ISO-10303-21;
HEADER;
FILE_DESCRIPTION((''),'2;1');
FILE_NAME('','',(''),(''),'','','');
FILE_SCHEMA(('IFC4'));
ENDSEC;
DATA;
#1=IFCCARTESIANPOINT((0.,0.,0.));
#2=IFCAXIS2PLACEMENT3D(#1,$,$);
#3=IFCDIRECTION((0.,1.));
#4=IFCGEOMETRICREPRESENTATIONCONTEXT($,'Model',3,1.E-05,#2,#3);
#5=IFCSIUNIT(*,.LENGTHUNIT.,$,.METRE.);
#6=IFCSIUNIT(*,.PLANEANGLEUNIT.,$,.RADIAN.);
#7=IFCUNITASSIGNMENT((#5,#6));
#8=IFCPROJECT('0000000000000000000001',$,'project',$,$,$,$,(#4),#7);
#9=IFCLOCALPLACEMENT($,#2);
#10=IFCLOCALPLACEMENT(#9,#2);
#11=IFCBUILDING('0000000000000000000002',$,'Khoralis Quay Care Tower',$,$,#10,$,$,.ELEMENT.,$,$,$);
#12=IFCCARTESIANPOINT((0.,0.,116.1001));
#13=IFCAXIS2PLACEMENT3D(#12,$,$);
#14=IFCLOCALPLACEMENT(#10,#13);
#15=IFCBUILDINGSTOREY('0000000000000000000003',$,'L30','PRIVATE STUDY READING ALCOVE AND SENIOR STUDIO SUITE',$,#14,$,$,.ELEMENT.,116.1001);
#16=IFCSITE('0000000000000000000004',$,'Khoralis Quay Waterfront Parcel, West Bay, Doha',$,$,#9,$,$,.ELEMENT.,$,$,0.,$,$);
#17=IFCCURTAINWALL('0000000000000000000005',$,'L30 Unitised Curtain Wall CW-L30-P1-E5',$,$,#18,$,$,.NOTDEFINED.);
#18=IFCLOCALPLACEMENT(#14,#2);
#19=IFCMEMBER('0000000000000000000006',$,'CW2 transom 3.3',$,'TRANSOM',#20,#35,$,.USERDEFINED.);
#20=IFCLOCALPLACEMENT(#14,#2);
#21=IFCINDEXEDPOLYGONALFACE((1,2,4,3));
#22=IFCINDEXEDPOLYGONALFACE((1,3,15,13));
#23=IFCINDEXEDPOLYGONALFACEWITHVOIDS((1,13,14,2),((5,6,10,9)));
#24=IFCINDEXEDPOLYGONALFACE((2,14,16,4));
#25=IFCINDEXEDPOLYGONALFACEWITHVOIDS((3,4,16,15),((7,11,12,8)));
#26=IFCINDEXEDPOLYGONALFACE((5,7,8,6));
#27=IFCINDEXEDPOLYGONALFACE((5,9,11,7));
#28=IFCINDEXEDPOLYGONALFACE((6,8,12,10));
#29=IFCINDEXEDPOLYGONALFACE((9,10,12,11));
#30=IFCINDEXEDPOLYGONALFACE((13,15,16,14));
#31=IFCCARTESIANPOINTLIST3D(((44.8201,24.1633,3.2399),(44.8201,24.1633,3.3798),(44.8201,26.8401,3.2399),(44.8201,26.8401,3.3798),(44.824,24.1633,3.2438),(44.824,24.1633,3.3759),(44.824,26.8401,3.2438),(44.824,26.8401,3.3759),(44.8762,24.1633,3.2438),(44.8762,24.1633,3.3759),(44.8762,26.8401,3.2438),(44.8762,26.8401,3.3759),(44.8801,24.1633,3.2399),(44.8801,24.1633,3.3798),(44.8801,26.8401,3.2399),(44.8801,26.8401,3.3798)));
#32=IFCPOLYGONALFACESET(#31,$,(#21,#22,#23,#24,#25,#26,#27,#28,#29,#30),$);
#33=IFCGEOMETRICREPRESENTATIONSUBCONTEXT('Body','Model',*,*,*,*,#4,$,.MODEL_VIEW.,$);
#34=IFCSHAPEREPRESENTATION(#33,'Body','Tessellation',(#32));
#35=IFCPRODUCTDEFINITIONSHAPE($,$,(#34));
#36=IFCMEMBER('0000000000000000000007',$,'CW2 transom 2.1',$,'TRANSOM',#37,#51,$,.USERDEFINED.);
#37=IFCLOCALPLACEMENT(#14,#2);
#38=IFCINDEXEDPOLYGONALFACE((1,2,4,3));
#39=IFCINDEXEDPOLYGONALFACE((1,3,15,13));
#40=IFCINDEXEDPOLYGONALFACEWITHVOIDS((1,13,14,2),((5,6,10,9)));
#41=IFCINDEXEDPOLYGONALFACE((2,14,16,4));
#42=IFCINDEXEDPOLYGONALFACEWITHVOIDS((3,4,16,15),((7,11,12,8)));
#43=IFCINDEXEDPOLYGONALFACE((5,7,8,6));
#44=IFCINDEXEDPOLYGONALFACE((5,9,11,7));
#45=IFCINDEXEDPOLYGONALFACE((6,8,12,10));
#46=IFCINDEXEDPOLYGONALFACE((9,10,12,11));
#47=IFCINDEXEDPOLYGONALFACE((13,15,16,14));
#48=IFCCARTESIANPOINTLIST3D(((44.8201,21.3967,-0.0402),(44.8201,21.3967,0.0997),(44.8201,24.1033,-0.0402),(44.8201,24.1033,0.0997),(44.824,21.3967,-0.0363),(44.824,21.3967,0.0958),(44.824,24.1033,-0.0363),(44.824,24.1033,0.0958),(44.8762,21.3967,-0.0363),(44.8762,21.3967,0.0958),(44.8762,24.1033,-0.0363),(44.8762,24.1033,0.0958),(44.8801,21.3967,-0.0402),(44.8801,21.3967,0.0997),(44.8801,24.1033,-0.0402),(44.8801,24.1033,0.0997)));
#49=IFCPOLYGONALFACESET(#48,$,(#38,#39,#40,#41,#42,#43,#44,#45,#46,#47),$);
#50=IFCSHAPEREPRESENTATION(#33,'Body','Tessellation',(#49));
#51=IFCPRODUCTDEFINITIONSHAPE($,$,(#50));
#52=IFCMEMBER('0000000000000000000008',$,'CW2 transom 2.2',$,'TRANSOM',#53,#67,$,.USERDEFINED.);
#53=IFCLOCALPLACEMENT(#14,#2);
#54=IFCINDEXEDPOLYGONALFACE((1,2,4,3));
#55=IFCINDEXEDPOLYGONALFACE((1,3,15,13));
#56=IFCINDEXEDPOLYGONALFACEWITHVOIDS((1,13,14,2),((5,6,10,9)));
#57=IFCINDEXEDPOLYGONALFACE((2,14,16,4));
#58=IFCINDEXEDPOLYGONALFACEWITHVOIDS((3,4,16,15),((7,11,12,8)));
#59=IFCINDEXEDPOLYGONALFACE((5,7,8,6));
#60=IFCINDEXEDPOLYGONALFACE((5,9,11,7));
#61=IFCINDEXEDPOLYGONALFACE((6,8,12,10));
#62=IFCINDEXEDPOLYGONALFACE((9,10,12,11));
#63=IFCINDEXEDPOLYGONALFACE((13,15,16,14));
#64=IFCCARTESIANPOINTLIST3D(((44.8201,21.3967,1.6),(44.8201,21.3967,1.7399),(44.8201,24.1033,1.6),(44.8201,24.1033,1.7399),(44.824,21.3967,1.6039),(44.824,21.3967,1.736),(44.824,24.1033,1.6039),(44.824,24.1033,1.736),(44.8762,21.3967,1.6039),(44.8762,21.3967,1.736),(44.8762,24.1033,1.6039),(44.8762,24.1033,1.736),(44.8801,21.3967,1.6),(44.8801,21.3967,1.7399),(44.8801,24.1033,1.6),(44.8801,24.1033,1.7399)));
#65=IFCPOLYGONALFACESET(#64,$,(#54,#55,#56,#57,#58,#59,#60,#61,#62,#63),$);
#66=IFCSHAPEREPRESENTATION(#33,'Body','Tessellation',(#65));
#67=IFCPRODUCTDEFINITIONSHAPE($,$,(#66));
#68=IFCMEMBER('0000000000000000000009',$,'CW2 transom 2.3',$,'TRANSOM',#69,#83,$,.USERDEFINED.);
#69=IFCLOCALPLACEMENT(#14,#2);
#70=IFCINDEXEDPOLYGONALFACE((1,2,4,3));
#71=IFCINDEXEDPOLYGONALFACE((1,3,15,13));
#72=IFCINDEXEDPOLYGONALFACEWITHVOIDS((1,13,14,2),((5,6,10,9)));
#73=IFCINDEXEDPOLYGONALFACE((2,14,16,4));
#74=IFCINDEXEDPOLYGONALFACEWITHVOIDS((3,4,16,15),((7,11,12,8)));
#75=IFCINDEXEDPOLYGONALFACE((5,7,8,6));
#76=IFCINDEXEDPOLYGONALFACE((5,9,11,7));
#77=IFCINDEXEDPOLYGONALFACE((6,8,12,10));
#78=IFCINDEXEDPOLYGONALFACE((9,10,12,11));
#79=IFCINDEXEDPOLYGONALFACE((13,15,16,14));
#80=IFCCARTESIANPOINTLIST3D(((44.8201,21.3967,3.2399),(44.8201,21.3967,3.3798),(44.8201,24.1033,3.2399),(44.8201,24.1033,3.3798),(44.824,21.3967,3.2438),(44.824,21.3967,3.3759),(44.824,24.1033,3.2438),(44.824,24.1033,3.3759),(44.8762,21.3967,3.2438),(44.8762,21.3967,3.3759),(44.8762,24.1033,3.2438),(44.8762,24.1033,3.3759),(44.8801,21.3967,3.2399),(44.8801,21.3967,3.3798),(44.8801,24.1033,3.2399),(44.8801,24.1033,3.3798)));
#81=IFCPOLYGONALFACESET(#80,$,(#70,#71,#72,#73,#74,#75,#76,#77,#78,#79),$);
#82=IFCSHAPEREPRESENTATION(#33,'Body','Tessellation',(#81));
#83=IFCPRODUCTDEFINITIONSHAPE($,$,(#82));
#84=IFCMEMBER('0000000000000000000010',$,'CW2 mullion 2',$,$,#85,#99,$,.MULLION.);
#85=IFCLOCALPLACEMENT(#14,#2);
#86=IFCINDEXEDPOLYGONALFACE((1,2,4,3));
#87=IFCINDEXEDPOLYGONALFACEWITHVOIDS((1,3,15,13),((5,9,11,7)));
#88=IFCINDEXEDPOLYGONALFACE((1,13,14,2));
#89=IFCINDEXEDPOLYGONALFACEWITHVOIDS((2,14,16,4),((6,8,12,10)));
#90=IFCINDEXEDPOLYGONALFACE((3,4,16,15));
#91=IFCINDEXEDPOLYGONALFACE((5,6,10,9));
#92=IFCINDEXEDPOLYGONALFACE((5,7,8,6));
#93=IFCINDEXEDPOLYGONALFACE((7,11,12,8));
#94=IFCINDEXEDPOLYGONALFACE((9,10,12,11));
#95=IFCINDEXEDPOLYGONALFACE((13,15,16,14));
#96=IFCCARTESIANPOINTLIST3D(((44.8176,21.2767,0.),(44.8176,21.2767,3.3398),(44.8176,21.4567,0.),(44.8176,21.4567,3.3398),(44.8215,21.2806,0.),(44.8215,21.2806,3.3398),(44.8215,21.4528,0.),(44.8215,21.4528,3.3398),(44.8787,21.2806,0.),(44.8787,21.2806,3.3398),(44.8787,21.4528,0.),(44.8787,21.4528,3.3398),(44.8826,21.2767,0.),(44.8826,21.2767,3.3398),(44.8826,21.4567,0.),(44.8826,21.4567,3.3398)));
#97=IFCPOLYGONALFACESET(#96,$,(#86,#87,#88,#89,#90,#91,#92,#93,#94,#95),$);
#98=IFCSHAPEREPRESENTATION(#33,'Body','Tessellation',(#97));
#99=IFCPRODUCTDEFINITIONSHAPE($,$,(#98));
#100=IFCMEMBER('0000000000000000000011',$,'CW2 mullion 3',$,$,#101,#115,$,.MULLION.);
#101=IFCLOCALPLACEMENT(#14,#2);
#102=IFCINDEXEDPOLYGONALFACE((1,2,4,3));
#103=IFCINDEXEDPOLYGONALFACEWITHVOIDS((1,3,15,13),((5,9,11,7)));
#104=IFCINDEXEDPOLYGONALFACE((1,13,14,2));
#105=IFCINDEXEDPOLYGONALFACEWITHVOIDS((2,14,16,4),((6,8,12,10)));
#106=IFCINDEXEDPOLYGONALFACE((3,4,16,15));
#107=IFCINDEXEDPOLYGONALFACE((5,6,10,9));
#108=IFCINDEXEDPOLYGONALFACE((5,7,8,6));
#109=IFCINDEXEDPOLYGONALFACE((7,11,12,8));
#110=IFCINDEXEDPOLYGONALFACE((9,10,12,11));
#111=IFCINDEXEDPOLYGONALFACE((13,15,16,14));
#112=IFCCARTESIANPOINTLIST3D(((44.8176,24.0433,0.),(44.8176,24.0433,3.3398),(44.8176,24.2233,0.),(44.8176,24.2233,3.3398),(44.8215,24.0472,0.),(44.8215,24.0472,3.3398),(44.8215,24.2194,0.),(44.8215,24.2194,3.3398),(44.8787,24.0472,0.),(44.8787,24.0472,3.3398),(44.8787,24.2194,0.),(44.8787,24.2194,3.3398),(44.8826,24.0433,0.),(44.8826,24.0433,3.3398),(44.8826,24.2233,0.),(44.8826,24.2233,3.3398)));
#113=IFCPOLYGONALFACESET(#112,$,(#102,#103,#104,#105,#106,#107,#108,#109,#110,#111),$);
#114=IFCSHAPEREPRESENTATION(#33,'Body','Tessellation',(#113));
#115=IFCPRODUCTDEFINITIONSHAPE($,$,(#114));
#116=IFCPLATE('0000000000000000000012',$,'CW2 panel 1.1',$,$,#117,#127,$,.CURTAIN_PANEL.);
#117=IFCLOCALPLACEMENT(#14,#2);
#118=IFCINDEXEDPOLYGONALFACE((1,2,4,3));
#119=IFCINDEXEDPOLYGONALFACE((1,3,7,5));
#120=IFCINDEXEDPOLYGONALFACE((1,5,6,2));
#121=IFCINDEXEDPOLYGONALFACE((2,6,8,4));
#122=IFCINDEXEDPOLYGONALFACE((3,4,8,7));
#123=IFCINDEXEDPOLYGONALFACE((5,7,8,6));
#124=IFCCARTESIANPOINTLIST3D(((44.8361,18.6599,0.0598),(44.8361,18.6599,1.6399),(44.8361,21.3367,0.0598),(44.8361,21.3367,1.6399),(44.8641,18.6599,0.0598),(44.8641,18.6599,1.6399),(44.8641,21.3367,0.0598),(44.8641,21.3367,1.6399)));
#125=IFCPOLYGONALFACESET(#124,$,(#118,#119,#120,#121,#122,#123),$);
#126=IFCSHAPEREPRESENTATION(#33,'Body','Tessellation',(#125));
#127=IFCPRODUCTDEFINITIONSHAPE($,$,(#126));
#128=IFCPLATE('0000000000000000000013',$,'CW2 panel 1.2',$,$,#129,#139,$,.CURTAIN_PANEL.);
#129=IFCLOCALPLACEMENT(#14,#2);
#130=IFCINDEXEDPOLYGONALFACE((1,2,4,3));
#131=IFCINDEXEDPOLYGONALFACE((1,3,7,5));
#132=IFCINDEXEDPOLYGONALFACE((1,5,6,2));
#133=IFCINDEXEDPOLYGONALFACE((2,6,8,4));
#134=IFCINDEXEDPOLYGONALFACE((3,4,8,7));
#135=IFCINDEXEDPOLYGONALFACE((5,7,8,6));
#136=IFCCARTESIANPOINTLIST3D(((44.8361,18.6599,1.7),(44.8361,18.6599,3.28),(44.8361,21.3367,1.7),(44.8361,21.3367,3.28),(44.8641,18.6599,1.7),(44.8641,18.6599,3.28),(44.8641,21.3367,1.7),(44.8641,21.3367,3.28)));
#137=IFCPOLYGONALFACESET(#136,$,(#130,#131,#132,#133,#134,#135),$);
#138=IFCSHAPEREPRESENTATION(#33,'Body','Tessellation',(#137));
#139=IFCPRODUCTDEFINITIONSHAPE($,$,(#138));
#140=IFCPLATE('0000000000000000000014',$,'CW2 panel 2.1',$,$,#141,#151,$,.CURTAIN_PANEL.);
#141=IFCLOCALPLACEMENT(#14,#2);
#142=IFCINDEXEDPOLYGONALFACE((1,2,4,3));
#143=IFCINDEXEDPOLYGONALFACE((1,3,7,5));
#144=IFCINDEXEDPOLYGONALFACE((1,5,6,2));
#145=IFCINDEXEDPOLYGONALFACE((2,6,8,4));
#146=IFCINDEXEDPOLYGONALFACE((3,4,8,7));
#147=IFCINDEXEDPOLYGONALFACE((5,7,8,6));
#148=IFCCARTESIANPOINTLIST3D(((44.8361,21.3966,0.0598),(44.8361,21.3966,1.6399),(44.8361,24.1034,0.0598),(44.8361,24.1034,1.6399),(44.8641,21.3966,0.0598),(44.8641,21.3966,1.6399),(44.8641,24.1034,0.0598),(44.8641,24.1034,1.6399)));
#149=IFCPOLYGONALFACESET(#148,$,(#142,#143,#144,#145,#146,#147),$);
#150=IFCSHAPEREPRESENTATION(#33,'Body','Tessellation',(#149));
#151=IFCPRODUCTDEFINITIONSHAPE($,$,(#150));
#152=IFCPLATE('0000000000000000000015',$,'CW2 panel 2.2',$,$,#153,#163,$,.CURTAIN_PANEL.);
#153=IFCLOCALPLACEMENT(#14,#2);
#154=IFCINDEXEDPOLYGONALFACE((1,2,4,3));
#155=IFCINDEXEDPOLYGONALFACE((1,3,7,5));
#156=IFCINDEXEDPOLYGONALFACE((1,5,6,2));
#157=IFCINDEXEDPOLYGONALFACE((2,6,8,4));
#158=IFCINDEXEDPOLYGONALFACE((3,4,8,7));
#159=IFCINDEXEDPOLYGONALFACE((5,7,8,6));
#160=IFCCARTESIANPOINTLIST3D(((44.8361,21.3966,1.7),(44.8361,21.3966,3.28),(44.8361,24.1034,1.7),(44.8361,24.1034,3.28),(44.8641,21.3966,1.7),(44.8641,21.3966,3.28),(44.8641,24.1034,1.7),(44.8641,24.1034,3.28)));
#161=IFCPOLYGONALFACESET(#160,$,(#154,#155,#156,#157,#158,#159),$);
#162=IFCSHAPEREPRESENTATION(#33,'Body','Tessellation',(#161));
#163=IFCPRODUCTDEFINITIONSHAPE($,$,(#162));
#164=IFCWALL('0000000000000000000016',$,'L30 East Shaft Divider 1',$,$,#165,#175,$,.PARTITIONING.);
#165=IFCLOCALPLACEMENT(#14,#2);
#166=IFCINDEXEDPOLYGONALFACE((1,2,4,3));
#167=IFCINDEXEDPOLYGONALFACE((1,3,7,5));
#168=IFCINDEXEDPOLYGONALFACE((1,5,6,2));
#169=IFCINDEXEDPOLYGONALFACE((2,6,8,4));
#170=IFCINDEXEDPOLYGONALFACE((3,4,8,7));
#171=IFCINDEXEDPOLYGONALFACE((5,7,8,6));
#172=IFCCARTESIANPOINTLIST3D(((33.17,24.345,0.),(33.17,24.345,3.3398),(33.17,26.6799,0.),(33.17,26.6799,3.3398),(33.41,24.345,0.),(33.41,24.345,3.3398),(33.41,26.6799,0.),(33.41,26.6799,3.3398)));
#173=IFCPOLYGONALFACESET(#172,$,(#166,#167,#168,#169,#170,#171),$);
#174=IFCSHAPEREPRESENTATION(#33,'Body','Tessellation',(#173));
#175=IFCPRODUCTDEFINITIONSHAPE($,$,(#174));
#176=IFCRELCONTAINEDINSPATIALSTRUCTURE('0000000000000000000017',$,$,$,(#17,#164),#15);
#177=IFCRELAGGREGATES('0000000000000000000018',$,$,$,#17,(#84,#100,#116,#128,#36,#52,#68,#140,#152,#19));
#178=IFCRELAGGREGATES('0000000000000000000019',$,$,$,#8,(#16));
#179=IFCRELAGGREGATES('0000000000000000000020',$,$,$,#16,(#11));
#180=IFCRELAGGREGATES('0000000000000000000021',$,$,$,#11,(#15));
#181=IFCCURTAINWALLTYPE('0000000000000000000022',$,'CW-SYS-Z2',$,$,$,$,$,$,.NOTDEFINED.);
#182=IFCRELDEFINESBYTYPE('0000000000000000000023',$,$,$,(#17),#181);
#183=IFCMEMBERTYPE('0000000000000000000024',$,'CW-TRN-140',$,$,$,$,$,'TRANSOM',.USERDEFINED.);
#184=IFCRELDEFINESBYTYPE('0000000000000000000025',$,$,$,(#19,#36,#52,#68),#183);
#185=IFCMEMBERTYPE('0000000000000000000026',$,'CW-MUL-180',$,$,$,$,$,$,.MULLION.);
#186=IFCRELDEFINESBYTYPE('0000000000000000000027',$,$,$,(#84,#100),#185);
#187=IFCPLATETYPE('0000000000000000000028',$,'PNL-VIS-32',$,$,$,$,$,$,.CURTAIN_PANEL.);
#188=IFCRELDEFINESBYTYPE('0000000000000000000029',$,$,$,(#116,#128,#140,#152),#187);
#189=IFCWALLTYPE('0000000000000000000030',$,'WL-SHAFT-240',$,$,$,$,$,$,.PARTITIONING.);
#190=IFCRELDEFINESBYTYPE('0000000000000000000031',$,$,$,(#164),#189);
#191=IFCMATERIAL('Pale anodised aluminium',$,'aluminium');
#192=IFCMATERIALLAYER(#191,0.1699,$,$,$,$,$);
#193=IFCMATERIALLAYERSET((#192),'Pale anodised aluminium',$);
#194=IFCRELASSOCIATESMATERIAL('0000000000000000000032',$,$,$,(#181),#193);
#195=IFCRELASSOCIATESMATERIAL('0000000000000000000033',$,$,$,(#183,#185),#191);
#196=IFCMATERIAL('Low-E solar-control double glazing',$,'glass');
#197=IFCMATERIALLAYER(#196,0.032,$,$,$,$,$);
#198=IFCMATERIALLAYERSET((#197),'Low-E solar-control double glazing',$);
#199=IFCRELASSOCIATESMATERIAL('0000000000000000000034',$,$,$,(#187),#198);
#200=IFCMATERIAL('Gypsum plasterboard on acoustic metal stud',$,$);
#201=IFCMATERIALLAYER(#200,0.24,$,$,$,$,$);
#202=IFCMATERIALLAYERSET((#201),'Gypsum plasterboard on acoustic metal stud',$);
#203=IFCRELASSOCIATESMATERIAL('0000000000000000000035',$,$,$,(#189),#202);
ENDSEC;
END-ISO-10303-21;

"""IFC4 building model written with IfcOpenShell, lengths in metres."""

from ifc_helpers import new_model, si_unit, direction, frame, frame_2d, origin, origin_2d, place, context, subcontext, project, spatial, rectangle, hollow_rectangle, extrude, source, transform, mapped, material, layer, layer_set, material_profile, profile_set, type_object, element, aggregate, save


model = new_model("IFC4")

# Units and contexts
model_context = context("Model", 3, precision=1e-05, world=origin(), true_north=direction((0.0, 1.0)))
body_context = subcontext(model_context, "Body", "Model", "MODEL_VIEW")
ifc_project = project(units=[si_unit("LENGTHUNIT", "METRE"), si_unit("PLANEANGLEUNIT", "RADIAN")], contexts=[model_context])

# Site, building, storey
site_placement = place(None, origin())
site = spatial("IfcSite", under=ifc_project, at=site_placement, Name="Khoralis Quay Waterfront Parcel, West Bay, Doha", CompositionType="ELEMENT", RefElevation=0.0)
building_placement = place(site_placement, origin())
building = spatial("IfcBuilding", under=site, at=building_placement, Name="Khoralis Quay Care Tower", CompositionType="ELEMENT")
storey_placement = place(building_placement, frame((0.0, 0.0, 116.1001)))
storey = spatial("IfcBuildingStorey", under=building, at=storey_placement, Name="L30", Description="PRIVATE STUDY READING ALCOVE AND SENIOR STUDIO SUITE", CompositionType="ELEMENT", Elevation=116.1001)

# Curtain wall, members, plates
ifc_material_1 = material(Name="Pale anodised aluminium", Category="aluminium")
ifc_layer_1 = layer(ifc_material_1, 0.1699)
ifc_layer_set_1 = layer_set([ifc_layer_1], Name="Pale anodised aluminium")
curtain_wall_type = type_object("IfcCurtainWallType", Name="CW-SYS-Z2", PredefinedType="NOTDEFINED", material=ifc_layer_set_1)
curtain_wall_placement = place(storey_placement, origin())
curtain_wall = element("IfcCurtainWall", 1, at=curtain_wall_placement, inside=storey, type_object=curtain_wall_type, Name="L30 Unitised Curtain Wall CW-L30-P1-E5", PredefinedType="NOTDEFINED")
ifc_material_profile_1 = material_profile(ifc_material_1, hollow_rectangle(XDim=0.0601, YDim=0.1399, WallThickness=0.0039, at=origin_2d()), Name="Pale anodised aluminium")
ifc_profile_set_1 = profile_set([ifc_material_profile_1], Name="Pale anodised aluminium")
member_type_1 = type_object("IfcMemberType", Name="CW-TRN-140", ElementType="TRANSOM", PredefinedType="USERDEFINED", material=ifc_profile_set_1)
shared_shape_1 = source(origin(), body_context, "Body", "SweptSolid", [
    extrude(hollow_rectangle(XDim=0.0601, YDim=0.1399, WallThickness=0.0039, at=origin_2d()), origin(), (0.0, 0.0, 1.0), 2.6768),
])
member_1_placement = place(storey_placement, frame((44.8501, 24.1633, 3.3098), z_axis=(0.0, 1.0, 0.0), x_axis=(-1.0, 0.0, 0.0)))
member_1 = element("IfcMember", 2, at=member_1_placement, type_object=member_type_1, Name="CW2 transom 3.3", ObjectType="TRANSOM", PredefinedType="USERDEFINED", context=body_context, shape_type="MappedRepresentation", body=[
    mapped(shared_shape_1, transform((0.0, 0.0, 0.0), scale=1.0)),
])
shared_shape_2 = source(origin(), body_context, "Body", "SweptSolid", [
    extrude(hollow_rectangle(XDim=0.0601, YDim=0.1399, WallThickness=0.0039, at=origin_2d()), origin(), (0.0, 0.0, 1.0), 2.7065),
])
member_2_placement = place(storey_placement, frame((44.8501, 21.3967, 0.0298), z_axis=(0.0, 1.0, 0.0), x_axis=(-1.0, 0.0, 0.0)))
member_2 = element("IfcMember", 3, at=member_2_placement, type_object=member_type_1, Name="CW2 transom 2.1", ObjectType="TRANSOM", PredefinedType="USERDEFINED", context=body_context, shape_type="MappedRepresentation", body=[
    mapped(shared_shape_2, transform((0.0, 0.0, 0.0), scale=1.0)),
])
member_3_placement = place(storey_placement, frame((44.8501, 21.3967, 1.6699), z_axis=(0.0, 1.0, 0.0), x_axis=(-1.0, 0.0, 0.0)))
member_3 = element("IfcMember", 4, at=member_3_placement, type_object=member_type_1, Name="CW2 transom 2.2", ObjectType="TRANSOM", PredefinedType="USERDEFINED", context=body_context, shape_type="MappedRepresentation", body=[
    mapped(shared_shape_2, transform((0.0, 0.0, 0.0), scale=1.0)),
])
member_4_placement = place(storey_placement, frame((44.8501, 21.3967, 3.3098), z_axis=(0.0, 1.0, 0.0), x_axis=(-1.0, 0.0, 0.0)))
member_4 = element("IfcMember", 5, at=member_4_placement, type_object=member_type_1, Name="CW2 transom 2.3", ObjectType="TRANSOM", PredefinedType="USERDEFINED", context=body_context, shape_type="MappedRepresentation", body=[
    mapped(shared_shape_2, transform((0.0, 0.0, 0.0), scale=1.0)),
])
ifc_material_profile_2 = material_profile(ifc_material_1, hollow_rectangle(XDim=0.0649, YDim=0.1799, WallThickness=0.0039, at=origin_2d()), Name="Pale anodised aluminium")
ifc_profile_set_2 = profile_set([ifc_material_profile_2], Name="Pale anodised aluminium")
member_type_2 = type_object("IfcMemberType", Name="CW-MUL-180", PredefinedType="MULLION", material=ifc_profile_set_2)
shared_shape_3 = source(origin(), body_context, "Body", "SweptSolid", [
    extrude(hollow_rectangle(XDim=0.0649, YDim=0.1799, WallThickness=0.0039, at=origin_2d()), origin(), (0.0, 0.0, 1.0), 3.3398),
])
member_5_placement = place(storey_placement, frame((44.8501, 21.3667, 0.0), z_axis=(0.0, 0.0, 1.0), x_axis=(-1.0, 0.0, 0.0)))
member_5 = element("IfcMember", 6, at=member_5_placement, type_object=member_type_2, Name="CW2 mullion 2", PredefinedType="MULLION", context=body_context, shape_type="MappedRepresentation", body=[
    mapped(shared_shape_3, transform((0.0, 0.0, 0.0), scale=1.0)),
])
member_6_placement = place(storey_placement, frame((44.8501, 24.1333, 0.0), z_axis=(0.0, 0.0, 1.0), x_axis=(-1.0, 0.0, 0.0)))
member_6 = element("IfcMember", 7, at=member_6_placement, type_object=member_type_2, Name="CW2 mullion 3", PredefinedType="MULLION", context=body_context, shape_type="MappedRepresentation", body=[
    mapped(shared_shape_3, transform((0.0, 0.0, 0.0), scale=1.0)),
])
ifc_material_2 = material(Name="Low-E solar-control double glazing", Category="glass")
ifc_layer_2 = layer(ifc_material_2, 0.032)
ifc_layer_set_2 = layer_set([ifc_layer_2], Name="Low-E solar-control double glazing")
plate_type = type_object("IfcPlateType", Name="PNL-VIS-32", PredefinedType="CURTAIN_PANEL", material=ifc_layer_set_2)
shared_shape_4 = source(origin(), body_context, "Body", "SweptSolid", [
    extrude(rectangle(XDim=2.6768, YDim=0.0281, at=origin_2d()), origin(), (0.0, 0.0, 1.0), 1.5801),
])
plate_1_placement = place(storey_placement, frame((44.8501, 19.9983, 0.0598), z_axis=(0.0, 0.0, 1.0), x_axis=(0.0, 1.0, 0.0)))
plate_1 = element("IfcPlate", 8, at=plate_1_placement, type_object=plate_type, Name="CW2 panel 1.1", PredefinedType="CURTAIN_PANEL", context=body_context, shape_type="MappedRepresentation", body=[
    mapped(shared_shape_4, transform((0.0, 0.0, 0.0), scale=1.0)),
])
plate_2_placement = place(storey_placement, frame((44.8501, 19.9983, 1.7), z_axis=(0.0, 0.0, 1.0), x_axis=(0.0, 1.0, 0.0)))
plate_2 = element("IfcPlate", 9, at=plate_2_placement, type_object=plate_type, Name="CW2 panel 1.2", PredefinedType="CURTAIN_PANEL", context=body_context, shape_type="MappedRepresentation", body=[
    mapped(shared_shape_4, transform((0.0, 0.0, 0.0), scale=1.0)),
])
shared_shape_5 = source(origin(), body_context, "Body", "SweptSolid", [
    extrude(rectangle(XDim=2.7068, YDim=0.0281, at=origin_2d()), origin(), (0.0, 0.0, 1.0), 1.5801),
])
plate_3_placement = place(storey_placement, frame((44.8501, 22.75, 0.0598), z_axis=(0.0, 0.0, 1.0), x_axis=(0.0, 1.0, 0.0)))
plate_3 = element("IfcPlate", 10, at=plate_3_placement, type_object=plate_type, Name="CW2 panel 2.1", PredefinedType="CURTAIN_PANEL", context=body_context, shape_type="MappedRepresentation", body=[
    mapped(shared_shape_5, transform((0.0, 0.0, 0.0), scale=1.0)),
])
plate_4_placement = place(storey_placement, frame((44.8501, 22.75, 1.7), z_axis=(0.0, 0.0, 1.0), x_axis=(0.0, 1.0, 0.0)))
plate_4 = element("IfcPlate", 11, at=plate_4_placement, type_object=plate_type, Name="CW2 panel 2.2", PredefinedType="CURTAIN_PANEL", context=body_context, shape_type="MappedRepresentation", body=[
    mapped(shared_shape_5, transform((0.0, 0.0, 0.0), scale=1.0)),
])
aggregate(curtain_wall, [member_5, member_6, plate_1, plate_2, member_2, member_3, member_4, plate_3, plate_4, member_1])

# Wall
ifc_material_3 = material(Name="Gypsum plasterboard on acoustic metal stud")
ifc_layer_3 = layer(ifc_material_3, 0.24)
ifc_layer_set_3 = layer_set([ifc_layer_3], Name="Gypsum plasterboard on acoustic metal stud")
wall_type = type_object("IfcWallType", Name="WL-SHAFT-240", PredefinedType="PARTITIONING", material=ifc_layer_set_3)
wall_placement = place(storey_placement, frame((33.29, 24.345, 0.0), z_axis=(0.0, 0.0, 1.0), x_axis=(0.0, 1.0, 0.0)))
element("IfcWall", 12, at=wall_placement, inside=storey, type_object=wall_type, Name="L30 East Shaft Divider 1", PredefinedType="PARTITIONING", context=body_context, shape_type="SweptSolid", body=[
    extrude(rectangle(XDim=2.335, YDim=0.24, at=frame_2d((1.1675, 0.0))), origin(), (0.0, 0.0, 1.0), 3.3398),
])

save(model, "model.ifc")
